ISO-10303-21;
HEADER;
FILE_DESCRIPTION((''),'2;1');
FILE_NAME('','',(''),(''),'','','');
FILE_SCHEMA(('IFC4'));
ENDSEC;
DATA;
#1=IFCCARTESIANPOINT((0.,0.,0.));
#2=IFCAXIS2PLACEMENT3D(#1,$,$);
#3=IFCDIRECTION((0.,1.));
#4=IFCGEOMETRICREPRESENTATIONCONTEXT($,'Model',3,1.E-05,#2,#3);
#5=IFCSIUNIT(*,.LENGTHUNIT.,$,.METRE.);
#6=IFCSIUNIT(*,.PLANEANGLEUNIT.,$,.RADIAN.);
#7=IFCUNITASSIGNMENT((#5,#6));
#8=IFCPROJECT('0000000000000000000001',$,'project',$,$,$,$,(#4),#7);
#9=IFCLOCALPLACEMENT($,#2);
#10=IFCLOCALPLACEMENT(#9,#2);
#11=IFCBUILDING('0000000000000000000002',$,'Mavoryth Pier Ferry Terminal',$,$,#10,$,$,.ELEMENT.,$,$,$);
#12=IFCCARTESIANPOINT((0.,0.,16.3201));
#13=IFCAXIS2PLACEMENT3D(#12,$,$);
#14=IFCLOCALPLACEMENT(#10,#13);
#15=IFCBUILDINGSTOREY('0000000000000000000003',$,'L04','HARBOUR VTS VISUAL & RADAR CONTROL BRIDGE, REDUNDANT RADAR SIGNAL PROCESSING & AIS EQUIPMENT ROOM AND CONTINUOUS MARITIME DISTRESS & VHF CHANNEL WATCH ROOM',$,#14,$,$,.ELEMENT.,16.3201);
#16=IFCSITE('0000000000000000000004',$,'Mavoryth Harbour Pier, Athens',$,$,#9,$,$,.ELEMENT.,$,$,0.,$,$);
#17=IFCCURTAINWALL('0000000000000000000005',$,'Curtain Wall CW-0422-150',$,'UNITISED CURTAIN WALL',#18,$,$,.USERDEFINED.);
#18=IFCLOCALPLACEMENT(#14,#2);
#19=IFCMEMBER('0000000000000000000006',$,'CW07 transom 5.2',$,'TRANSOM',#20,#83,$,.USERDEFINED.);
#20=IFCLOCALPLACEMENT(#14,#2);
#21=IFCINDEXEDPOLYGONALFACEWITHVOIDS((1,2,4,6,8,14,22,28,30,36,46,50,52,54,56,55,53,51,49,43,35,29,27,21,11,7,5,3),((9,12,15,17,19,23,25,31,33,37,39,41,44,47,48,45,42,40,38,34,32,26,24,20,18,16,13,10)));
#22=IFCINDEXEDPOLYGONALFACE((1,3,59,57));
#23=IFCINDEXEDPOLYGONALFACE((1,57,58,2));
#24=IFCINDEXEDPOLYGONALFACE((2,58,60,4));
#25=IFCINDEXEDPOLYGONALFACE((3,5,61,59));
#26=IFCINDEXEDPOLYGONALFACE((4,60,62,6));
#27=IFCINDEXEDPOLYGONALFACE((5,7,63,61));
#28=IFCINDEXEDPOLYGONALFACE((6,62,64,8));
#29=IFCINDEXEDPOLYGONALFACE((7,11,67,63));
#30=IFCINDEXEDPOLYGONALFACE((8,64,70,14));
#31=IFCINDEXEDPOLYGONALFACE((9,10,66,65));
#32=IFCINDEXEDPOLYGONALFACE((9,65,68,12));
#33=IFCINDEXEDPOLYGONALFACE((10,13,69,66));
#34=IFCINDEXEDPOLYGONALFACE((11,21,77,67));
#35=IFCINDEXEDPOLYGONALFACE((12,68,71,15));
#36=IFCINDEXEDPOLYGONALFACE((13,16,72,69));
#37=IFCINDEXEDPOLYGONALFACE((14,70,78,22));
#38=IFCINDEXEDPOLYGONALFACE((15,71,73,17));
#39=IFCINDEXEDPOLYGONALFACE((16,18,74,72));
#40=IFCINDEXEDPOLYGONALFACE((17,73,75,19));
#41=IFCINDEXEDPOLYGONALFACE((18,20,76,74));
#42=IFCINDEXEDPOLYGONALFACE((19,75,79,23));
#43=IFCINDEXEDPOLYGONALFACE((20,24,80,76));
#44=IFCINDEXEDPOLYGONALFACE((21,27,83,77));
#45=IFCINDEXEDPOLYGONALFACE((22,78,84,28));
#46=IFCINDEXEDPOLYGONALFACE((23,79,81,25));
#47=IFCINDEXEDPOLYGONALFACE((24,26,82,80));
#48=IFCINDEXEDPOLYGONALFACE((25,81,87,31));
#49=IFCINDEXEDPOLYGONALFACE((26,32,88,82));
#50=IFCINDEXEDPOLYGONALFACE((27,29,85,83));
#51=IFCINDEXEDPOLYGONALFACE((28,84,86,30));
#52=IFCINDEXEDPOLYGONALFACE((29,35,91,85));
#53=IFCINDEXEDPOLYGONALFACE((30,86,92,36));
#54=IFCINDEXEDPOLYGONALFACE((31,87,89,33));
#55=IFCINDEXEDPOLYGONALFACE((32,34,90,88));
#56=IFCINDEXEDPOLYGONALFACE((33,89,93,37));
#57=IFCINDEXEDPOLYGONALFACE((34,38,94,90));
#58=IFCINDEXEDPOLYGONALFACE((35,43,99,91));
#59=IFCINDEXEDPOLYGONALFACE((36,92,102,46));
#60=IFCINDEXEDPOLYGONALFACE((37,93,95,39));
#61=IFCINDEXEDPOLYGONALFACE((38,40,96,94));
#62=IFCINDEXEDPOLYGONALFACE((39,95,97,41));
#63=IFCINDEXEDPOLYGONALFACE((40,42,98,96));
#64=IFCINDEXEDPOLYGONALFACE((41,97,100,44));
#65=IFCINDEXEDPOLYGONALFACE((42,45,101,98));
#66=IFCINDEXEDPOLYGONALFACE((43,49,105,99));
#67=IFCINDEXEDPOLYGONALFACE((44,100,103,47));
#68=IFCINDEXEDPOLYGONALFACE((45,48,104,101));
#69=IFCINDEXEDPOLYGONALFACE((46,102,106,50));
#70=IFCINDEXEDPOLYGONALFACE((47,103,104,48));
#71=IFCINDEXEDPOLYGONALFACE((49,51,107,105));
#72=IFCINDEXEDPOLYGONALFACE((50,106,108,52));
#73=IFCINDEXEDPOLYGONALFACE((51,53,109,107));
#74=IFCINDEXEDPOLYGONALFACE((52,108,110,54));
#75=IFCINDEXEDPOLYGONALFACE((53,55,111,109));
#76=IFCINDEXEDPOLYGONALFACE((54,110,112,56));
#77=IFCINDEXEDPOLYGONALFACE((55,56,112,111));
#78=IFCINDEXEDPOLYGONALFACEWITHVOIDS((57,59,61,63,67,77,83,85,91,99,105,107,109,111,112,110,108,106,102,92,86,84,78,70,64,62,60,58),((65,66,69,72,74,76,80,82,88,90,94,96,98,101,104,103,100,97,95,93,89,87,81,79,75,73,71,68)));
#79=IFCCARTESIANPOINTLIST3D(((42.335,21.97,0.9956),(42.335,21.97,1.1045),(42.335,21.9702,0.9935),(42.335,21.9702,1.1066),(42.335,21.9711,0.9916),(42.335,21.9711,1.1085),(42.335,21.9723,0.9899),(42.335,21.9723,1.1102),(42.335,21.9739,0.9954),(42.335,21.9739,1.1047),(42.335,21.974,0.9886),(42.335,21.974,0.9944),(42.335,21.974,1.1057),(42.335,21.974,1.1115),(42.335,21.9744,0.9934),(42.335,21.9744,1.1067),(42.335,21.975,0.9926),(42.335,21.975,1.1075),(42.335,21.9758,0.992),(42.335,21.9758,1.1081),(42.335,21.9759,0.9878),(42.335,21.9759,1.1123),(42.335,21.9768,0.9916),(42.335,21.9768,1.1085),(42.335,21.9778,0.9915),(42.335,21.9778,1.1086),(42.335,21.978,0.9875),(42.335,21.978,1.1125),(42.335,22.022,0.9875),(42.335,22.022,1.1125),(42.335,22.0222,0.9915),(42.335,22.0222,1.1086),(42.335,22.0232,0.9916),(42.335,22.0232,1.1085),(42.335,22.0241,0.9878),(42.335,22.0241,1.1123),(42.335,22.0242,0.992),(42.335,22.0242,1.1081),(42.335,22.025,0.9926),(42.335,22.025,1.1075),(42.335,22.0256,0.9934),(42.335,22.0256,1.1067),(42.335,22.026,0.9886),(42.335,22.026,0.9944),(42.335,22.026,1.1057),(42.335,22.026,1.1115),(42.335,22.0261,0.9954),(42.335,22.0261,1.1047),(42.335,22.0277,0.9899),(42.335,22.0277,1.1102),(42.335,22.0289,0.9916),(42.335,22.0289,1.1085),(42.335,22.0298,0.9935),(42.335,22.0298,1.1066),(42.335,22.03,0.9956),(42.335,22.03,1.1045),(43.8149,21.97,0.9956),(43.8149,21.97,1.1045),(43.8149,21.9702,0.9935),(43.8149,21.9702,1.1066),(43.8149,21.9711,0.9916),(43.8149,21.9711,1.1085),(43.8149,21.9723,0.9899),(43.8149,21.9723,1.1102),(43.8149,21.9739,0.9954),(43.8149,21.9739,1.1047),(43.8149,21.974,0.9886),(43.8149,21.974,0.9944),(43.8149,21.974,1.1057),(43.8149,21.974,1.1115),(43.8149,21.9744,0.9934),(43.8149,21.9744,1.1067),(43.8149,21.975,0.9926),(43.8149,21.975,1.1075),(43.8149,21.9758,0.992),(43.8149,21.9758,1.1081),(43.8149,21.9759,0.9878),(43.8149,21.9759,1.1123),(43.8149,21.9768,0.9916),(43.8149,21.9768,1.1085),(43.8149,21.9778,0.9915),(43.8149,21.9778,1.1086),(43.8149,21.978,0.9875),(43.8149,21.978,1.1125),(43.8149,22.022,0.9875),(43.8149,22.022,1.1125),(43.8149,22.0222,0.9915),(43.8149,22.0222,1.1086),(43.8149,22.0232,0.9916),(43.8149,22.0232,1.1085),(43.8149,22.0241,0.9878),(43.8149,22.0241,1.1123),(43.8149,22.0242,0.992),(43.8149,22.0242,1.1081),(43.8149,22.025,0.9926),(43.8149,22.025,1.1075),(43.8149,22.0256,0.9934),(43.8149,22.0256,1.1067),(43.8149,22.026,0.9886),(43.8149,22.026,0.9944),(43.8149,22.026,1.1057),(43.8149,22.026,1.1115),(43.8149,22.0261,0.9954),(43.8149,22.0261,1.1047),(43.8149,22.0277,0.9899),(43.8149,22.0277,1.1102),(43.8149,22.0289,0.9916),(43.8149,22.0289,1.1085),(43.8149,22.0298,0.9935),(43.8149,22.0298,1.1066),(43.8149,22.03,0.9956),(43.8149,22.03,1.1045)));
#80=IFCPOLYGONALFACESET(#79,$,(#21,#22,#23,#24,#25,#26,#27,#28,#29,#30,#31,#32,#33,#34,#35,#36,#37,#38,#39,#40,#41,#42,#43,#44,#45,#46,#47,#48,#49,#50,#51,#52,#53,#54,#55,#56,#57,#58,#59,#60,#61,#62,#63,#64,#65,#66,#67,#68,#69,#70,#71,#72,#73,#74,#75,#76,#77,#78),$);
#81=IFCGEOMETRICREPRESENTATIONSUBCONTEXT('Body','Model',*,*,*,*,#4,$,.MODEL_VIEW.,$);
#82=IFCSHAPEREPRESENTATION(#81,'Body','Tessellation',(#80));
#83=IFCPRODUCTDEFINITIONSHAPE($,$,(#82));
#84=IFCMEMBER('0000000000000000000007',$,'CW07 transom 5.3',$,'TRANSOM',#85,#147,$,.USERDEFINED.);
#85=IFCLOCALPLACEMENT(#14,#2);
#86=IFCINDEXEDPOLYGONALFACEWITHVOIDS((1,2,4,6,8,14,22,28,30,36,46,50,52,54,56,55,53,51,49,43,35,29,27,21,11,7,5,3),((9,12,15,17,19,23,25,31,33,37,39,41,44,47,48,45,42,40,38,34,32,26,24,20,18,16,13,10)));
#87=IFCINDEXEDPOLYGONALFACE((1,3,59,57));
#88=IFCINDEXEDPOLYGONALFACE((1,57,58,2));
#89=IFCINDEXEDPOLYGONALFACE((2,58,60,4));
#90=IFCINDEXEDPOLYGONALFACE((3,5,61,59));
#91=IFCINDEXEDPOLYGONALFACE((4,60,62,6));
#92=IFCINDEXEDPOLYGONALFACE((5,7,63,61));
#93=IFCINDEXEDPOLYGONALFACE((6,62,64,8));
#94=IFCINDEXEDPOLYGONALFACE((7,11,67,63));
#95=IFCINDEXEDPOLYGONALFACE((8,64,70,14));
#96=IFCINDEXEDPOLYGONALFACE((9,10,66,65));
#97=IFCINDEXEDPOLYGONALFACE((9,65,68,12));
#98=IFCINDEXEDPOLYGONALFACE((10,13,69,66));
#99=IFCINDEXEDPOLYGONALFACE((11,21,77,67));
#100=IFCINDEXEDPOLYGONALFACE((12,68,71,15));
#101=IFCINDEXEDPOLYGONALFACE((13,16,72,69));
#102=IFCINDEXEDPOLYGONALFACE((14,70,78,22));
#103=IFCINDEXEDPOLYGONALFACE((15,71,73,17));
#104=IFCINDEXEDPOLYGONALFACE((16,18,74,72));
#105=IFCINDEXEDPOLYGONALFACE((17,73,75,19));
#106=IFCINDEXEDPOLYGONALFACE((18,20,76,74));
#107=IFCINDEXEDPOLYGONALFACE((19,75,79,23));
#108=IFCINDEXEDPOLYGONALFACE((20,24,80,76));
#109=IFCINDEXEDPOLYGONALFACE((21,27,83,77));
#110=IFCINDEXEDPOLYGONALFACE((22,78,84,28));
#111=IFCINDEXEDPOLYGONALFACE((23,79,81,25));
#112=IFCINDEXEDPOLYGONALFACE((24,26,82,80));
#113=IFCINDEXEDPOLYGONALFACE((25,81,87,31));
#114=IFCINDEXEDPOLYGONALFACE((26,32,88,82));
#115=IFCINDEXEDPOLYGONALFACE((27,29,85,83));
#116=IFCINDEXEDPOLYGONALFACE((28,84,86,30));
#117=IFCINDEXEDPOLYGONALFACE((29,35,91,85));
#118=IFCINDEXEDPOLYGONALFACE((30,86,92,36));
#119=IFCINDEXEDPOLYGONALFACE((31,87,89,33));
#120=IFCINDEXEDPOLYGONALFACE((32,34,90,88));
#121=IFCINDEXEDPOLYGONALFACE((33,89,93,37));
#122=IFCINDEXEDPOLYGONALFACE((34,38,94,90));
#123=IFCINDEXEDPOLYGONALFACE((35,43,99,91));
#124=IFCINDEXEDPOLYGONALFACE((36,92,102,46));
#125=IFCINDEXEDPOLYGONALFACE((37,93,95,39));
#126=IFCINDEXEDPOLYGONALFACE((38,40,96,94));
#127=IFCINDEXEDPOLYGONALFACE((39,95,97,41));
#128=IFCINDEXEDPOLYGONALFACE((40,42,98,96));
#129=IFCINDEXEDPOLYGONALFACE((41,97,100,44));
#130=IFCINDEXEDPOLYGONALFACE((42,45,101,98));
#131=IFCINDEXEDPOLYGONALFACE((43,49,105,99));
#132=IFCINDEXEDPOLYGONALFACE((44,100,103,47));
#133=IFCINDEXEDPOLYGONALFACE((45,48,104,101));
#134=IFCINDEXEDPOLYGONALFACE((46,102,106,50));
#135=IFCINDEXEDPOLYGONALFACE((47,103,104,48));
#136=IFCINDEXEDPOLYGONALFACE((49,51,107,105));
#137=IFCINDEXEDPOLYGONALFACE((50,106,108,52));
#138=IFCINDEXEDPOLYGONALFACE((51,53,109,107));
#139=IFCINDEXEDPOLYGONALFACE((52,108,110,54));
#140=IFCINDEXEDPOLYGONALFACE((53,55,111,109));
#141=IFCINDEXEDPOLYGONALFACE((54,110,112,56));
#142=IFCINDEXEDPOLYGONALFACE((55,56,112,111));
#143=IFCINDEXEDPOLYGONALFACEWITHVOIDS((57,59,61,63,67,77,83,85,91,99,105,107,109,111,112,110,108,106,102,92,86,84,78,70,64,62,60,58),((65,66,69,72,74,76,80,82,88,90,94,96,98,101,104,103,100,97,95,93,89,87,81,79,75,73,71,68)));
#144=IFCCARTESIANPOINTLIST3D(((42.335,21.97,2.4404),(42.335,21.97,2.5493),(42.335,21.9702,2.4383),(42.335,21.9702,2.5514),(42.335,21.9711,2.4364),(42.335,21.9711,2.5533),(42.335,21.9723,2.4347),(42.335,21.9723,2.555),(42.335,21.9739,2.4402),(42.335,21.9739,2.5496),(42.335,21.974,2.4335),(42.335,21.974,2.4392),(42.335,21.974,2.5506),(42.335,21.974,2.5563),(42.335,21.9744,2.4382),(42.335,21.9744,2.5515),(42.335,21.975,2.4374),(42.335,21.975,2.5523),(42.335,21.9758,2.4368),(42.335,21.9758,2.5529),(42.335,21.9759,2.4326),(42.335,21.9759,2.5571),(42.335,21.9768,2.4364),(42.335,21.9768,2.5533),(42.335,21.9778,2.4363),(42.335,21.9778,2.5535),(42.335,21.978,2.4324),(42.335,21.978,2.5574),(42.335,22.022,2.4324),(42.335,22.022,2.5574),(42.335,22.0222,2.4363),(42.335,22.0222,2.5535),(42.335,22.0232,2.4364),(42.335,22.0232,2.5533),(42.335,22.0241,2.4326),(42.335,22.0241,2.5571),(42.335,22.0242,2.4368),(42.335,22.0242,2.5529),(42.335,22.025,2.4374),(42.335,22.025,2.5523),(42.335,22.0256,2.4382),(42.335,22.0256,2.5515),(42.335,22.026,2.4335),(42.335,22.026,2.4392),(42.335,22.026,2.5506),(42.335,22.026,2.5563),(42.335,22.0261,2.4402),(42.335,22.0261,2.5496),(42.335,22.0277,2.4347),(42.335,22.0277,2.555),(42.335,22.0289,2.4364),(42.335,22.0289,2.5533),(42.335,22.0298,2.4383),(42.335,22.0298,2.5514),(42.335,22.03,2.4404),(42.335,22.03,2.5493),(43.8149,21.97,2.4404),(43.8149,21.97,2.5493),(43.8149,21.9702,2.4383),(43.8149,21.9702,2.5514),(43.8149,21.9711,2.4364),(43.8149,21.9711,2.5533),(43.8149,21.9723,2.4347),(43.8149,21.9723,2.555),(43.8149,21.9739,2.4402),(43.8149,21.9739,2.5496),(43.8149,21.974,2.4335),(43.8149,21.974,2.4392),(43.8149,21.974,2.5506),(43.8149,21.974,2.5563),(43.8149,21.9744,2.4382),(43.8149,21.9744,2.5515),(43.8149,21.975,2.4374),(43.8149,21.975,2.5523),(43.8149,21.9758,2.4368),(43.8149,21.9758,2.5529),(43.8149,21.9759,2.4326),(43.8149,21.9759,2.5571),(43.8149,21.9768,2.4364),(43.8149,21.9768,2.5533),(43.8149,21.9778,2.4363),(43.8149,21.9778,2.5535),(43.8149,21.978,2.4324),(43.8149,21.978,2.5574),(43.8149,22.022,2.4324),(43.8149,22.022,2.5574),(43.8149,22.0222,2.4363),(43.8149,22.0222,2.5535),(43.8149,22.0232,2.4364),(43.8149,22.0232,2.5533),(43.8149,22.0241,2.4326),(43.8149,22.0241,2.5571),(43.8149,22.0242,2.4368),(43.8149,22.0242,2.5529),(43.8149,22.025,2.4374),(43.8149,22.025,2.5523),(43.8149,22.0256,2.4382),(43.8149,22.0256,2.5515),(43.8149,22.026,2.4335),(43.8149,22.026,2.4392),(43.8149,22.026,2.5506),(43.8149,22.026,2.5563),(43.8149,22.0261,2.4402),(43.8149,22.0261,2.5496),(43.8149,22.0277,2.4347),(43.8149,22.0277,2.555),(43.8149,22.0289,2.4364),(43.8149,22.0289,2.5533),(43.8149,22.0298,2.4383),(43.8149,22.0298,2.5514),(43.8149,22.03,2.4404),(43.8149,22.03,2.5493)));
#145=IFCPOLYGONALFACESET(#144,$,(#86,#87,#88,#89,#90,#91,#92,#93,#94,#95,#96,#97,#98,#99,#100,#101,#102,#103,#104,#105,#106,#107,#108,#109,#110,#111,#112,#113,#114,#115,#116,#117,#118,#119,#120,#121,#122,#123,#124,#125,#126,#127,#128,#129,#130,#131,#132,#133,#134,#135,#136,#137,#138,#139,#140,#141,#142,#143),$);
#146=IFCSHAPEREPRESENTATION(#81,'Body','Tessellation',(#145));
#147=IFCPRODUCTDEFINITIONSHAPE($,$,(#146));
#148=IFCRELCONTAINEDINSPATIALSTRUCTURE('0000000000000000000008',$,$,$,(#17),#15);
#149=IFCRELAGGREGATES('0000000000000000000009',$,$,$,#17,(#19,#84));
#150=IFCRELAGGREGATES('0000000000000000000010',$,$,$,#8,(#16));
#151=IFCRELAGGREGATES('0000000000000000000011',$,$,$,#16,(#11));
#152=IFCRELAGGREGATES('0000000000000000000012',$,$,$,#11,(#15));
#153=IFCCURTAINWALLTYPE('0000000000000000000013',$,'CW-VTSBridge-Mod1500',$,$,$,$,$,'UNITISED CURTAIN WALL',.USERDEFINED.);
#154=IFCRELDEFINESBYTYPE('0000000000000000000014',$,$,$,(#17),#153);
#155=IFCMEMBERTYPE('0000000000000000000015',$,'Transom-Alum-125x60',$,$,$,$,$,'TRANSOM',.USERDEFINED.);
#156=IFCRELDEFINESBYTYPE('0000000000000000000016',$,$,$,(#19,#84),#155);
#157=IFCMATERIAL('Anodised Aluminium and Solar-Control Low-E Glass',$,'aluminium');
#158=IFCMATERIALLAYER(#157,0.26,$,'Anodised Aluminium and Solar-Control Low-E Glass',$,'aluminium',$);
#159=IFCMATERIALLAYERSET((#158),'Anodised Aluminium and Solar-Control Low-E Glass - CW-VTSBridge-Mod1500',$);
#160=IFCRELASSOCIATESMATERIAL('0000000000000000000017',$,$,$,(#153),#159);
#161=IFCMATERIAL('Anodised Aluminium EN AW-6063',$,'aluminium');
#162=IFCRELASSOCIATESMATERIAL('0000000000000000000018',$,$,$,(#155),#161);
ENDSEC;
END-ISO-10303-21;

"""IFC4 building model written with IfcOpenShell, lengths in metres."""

from ifc_helpers import new_model, si_unit, direction, frame, origin, origin_2d, place, context, subcontext, project, spatial, hollow_rectangle, extrude, material, layer, layer_set, material_profile, profile_set, type_object, element, aggregate, save


model = new_model("IFC4")

# Units and contexts
model_context = context("Model", 3, precision=1e-05, world=origin(), true_north=direction((0.0, 1.0)))
body_context = subcontext(model_context, "Body", "Model", "MODEL_VIEW")
ifc_project = project(units=[si_unit("LENGTHUNIT", "METRE"), si_unit("PLANEANGLEUNIT", "RADIAN")], contexts=[model_context])

# Site, building, storey
site_placement = place(None, origin())
site = spatial("IfcSite", under=ifc_project, at=site_placement, Name="Mavoryth Harbour Pier, Athens", CompositionType="ELEMENT", RefElevation=0.0)
building_placement = place(site_placement, origin())
building = spatial("IfcBuilding", under=site, at=building_placement, Name="Mavoryth Pier Ferry Terminal", CompositionType="ELEMENT")
storey_placement = place(building_placement, frame((0.0, 0.0, 16.3201)))
storey = spatial("IfcBuildingStorey", under=building, at=storey_placement, Name="L04", Description="HARBOUR VTS VISUAL & RADAR CONTROL BRIDGE, REDUNDANT RADAR SIGNAL PROCESSING & AIS EQUIPMENT ROOM AND CONTINUOUS MARITIME DISTRESS & VHF CHANNEL WATCH ROOM", CompositionType="ELEMENT", Elevation=16.3201)

# Curtain wall
ifc_material_1 = material(Name="Anodised Aluminium and Solar-Control Low-E Glass", Category="aluminium")
ifc_layer_1 = layer(ifc_material_1, 0.26, Name="Anodised Aluminium and Solar-Control Low-E Glass", Category="aluminium")
ifc_layer_set_1 = layer_set([ifc_layer_1], Name="Anodised Aluminium and Solar-Control Low-E Glass - CW-VTSBridge-Mod1500")
curtain_wall_type = type_object("IfcCurtainWallType", Name="CW-VTSBridge-Mod1500", ElementType="UNITISED CURTAIN WALL", PredefinedType="USERDEFINED", material=ifc_layer_set_1)
curtain_wall_1_placement = place(storey_placement, origin())
curtain_wall_1 = element("IfcCurtainWall", 1, at=curtain_wall_1_placement, inside=storey, type_object=curtain_wall_type, Name="Curtain Wall CW-0422-150", ObjectType="UNITISED CURTAIN WALL", PredefinedType="USERDEFINED")
ifc_material_2 = material(Name="Anodised Aluminium EN AW-6063", Category="aluminium")

# Members
ifc_material_profile_1 = material_profile(ifc_material_2, hollow_rectangle(XDim=0.0601, YDim=0.125, WallThickness=0.0039, InnerFilletRadius=0.0039, OuterFilletRadius=0.0081, at=origin_2d()), Name="AL-TRAN 125x60x4", Category="aluminium")
ifc_profile_set_1 = profile_set([ifc_material_profile_1], Name="Anodised Aluminium EN AW-6063 - AL-TRAN 125x60x4")
member_type_1 = type_object("IfcMemberType", Name="Transom-Alum-125x60", ElementType="TRANSOM", PredefinedType="USERDEFINED", material=ifc_profile_set_1)
member_1_placement = place(storey_placement, frame((43.8149, 22.0, 1.05), z_axis=(-1.0, 0.0, 0.0), x_axis=(0.0, -1.0, 0.0)))
member_1 = element("IfcMember", 2, at=member_1_placement, type_object=member_type_1, Name="CW07 transom 5.2", ObjectType="TRANSOM", PredefinedType="USERDEFINED", context=body_context, shape_type="SweptSolid", body=[
    extrude(hollow_rectangle(XDim=0.0601, YDim=0.125, WallThickness=0.0039, InnerFilletRadius=0.0039, OuterFilletRadius=0.0081, at=origin_2d()), origin(), (0.0, 0.0, 1.0), 1.48),
])
member_2_placement = place(storey_placement, frame((43.8149, 22.0, 2.4949), z_axis=(-1.0, 0.0, 0.0), x_axis=(0.0, -1.0, 0.0)))
member_2 = element("IfcMember", 3, at=member_2_placement, type_object=member_type_1, Name="CW07 transom 5.3", ObjectType="TRANSOM", PredefinedType="USERDEFINED", context=body_context, shape_type="SweptSolid", body=[
    extrude(hollow_rectangle(XDim=0.0601, YDim=0.125, WallThickness=0.0039, InnerFilletRadius=0.0039, OuterFilletRadius=0.0081, at=origin_2d()), origin(), (0.0, 0.0, 1.0), 1.48),
])

aggregate(curtain_wall_1, [member_1, member_2])

save(model, "model.ifc")
